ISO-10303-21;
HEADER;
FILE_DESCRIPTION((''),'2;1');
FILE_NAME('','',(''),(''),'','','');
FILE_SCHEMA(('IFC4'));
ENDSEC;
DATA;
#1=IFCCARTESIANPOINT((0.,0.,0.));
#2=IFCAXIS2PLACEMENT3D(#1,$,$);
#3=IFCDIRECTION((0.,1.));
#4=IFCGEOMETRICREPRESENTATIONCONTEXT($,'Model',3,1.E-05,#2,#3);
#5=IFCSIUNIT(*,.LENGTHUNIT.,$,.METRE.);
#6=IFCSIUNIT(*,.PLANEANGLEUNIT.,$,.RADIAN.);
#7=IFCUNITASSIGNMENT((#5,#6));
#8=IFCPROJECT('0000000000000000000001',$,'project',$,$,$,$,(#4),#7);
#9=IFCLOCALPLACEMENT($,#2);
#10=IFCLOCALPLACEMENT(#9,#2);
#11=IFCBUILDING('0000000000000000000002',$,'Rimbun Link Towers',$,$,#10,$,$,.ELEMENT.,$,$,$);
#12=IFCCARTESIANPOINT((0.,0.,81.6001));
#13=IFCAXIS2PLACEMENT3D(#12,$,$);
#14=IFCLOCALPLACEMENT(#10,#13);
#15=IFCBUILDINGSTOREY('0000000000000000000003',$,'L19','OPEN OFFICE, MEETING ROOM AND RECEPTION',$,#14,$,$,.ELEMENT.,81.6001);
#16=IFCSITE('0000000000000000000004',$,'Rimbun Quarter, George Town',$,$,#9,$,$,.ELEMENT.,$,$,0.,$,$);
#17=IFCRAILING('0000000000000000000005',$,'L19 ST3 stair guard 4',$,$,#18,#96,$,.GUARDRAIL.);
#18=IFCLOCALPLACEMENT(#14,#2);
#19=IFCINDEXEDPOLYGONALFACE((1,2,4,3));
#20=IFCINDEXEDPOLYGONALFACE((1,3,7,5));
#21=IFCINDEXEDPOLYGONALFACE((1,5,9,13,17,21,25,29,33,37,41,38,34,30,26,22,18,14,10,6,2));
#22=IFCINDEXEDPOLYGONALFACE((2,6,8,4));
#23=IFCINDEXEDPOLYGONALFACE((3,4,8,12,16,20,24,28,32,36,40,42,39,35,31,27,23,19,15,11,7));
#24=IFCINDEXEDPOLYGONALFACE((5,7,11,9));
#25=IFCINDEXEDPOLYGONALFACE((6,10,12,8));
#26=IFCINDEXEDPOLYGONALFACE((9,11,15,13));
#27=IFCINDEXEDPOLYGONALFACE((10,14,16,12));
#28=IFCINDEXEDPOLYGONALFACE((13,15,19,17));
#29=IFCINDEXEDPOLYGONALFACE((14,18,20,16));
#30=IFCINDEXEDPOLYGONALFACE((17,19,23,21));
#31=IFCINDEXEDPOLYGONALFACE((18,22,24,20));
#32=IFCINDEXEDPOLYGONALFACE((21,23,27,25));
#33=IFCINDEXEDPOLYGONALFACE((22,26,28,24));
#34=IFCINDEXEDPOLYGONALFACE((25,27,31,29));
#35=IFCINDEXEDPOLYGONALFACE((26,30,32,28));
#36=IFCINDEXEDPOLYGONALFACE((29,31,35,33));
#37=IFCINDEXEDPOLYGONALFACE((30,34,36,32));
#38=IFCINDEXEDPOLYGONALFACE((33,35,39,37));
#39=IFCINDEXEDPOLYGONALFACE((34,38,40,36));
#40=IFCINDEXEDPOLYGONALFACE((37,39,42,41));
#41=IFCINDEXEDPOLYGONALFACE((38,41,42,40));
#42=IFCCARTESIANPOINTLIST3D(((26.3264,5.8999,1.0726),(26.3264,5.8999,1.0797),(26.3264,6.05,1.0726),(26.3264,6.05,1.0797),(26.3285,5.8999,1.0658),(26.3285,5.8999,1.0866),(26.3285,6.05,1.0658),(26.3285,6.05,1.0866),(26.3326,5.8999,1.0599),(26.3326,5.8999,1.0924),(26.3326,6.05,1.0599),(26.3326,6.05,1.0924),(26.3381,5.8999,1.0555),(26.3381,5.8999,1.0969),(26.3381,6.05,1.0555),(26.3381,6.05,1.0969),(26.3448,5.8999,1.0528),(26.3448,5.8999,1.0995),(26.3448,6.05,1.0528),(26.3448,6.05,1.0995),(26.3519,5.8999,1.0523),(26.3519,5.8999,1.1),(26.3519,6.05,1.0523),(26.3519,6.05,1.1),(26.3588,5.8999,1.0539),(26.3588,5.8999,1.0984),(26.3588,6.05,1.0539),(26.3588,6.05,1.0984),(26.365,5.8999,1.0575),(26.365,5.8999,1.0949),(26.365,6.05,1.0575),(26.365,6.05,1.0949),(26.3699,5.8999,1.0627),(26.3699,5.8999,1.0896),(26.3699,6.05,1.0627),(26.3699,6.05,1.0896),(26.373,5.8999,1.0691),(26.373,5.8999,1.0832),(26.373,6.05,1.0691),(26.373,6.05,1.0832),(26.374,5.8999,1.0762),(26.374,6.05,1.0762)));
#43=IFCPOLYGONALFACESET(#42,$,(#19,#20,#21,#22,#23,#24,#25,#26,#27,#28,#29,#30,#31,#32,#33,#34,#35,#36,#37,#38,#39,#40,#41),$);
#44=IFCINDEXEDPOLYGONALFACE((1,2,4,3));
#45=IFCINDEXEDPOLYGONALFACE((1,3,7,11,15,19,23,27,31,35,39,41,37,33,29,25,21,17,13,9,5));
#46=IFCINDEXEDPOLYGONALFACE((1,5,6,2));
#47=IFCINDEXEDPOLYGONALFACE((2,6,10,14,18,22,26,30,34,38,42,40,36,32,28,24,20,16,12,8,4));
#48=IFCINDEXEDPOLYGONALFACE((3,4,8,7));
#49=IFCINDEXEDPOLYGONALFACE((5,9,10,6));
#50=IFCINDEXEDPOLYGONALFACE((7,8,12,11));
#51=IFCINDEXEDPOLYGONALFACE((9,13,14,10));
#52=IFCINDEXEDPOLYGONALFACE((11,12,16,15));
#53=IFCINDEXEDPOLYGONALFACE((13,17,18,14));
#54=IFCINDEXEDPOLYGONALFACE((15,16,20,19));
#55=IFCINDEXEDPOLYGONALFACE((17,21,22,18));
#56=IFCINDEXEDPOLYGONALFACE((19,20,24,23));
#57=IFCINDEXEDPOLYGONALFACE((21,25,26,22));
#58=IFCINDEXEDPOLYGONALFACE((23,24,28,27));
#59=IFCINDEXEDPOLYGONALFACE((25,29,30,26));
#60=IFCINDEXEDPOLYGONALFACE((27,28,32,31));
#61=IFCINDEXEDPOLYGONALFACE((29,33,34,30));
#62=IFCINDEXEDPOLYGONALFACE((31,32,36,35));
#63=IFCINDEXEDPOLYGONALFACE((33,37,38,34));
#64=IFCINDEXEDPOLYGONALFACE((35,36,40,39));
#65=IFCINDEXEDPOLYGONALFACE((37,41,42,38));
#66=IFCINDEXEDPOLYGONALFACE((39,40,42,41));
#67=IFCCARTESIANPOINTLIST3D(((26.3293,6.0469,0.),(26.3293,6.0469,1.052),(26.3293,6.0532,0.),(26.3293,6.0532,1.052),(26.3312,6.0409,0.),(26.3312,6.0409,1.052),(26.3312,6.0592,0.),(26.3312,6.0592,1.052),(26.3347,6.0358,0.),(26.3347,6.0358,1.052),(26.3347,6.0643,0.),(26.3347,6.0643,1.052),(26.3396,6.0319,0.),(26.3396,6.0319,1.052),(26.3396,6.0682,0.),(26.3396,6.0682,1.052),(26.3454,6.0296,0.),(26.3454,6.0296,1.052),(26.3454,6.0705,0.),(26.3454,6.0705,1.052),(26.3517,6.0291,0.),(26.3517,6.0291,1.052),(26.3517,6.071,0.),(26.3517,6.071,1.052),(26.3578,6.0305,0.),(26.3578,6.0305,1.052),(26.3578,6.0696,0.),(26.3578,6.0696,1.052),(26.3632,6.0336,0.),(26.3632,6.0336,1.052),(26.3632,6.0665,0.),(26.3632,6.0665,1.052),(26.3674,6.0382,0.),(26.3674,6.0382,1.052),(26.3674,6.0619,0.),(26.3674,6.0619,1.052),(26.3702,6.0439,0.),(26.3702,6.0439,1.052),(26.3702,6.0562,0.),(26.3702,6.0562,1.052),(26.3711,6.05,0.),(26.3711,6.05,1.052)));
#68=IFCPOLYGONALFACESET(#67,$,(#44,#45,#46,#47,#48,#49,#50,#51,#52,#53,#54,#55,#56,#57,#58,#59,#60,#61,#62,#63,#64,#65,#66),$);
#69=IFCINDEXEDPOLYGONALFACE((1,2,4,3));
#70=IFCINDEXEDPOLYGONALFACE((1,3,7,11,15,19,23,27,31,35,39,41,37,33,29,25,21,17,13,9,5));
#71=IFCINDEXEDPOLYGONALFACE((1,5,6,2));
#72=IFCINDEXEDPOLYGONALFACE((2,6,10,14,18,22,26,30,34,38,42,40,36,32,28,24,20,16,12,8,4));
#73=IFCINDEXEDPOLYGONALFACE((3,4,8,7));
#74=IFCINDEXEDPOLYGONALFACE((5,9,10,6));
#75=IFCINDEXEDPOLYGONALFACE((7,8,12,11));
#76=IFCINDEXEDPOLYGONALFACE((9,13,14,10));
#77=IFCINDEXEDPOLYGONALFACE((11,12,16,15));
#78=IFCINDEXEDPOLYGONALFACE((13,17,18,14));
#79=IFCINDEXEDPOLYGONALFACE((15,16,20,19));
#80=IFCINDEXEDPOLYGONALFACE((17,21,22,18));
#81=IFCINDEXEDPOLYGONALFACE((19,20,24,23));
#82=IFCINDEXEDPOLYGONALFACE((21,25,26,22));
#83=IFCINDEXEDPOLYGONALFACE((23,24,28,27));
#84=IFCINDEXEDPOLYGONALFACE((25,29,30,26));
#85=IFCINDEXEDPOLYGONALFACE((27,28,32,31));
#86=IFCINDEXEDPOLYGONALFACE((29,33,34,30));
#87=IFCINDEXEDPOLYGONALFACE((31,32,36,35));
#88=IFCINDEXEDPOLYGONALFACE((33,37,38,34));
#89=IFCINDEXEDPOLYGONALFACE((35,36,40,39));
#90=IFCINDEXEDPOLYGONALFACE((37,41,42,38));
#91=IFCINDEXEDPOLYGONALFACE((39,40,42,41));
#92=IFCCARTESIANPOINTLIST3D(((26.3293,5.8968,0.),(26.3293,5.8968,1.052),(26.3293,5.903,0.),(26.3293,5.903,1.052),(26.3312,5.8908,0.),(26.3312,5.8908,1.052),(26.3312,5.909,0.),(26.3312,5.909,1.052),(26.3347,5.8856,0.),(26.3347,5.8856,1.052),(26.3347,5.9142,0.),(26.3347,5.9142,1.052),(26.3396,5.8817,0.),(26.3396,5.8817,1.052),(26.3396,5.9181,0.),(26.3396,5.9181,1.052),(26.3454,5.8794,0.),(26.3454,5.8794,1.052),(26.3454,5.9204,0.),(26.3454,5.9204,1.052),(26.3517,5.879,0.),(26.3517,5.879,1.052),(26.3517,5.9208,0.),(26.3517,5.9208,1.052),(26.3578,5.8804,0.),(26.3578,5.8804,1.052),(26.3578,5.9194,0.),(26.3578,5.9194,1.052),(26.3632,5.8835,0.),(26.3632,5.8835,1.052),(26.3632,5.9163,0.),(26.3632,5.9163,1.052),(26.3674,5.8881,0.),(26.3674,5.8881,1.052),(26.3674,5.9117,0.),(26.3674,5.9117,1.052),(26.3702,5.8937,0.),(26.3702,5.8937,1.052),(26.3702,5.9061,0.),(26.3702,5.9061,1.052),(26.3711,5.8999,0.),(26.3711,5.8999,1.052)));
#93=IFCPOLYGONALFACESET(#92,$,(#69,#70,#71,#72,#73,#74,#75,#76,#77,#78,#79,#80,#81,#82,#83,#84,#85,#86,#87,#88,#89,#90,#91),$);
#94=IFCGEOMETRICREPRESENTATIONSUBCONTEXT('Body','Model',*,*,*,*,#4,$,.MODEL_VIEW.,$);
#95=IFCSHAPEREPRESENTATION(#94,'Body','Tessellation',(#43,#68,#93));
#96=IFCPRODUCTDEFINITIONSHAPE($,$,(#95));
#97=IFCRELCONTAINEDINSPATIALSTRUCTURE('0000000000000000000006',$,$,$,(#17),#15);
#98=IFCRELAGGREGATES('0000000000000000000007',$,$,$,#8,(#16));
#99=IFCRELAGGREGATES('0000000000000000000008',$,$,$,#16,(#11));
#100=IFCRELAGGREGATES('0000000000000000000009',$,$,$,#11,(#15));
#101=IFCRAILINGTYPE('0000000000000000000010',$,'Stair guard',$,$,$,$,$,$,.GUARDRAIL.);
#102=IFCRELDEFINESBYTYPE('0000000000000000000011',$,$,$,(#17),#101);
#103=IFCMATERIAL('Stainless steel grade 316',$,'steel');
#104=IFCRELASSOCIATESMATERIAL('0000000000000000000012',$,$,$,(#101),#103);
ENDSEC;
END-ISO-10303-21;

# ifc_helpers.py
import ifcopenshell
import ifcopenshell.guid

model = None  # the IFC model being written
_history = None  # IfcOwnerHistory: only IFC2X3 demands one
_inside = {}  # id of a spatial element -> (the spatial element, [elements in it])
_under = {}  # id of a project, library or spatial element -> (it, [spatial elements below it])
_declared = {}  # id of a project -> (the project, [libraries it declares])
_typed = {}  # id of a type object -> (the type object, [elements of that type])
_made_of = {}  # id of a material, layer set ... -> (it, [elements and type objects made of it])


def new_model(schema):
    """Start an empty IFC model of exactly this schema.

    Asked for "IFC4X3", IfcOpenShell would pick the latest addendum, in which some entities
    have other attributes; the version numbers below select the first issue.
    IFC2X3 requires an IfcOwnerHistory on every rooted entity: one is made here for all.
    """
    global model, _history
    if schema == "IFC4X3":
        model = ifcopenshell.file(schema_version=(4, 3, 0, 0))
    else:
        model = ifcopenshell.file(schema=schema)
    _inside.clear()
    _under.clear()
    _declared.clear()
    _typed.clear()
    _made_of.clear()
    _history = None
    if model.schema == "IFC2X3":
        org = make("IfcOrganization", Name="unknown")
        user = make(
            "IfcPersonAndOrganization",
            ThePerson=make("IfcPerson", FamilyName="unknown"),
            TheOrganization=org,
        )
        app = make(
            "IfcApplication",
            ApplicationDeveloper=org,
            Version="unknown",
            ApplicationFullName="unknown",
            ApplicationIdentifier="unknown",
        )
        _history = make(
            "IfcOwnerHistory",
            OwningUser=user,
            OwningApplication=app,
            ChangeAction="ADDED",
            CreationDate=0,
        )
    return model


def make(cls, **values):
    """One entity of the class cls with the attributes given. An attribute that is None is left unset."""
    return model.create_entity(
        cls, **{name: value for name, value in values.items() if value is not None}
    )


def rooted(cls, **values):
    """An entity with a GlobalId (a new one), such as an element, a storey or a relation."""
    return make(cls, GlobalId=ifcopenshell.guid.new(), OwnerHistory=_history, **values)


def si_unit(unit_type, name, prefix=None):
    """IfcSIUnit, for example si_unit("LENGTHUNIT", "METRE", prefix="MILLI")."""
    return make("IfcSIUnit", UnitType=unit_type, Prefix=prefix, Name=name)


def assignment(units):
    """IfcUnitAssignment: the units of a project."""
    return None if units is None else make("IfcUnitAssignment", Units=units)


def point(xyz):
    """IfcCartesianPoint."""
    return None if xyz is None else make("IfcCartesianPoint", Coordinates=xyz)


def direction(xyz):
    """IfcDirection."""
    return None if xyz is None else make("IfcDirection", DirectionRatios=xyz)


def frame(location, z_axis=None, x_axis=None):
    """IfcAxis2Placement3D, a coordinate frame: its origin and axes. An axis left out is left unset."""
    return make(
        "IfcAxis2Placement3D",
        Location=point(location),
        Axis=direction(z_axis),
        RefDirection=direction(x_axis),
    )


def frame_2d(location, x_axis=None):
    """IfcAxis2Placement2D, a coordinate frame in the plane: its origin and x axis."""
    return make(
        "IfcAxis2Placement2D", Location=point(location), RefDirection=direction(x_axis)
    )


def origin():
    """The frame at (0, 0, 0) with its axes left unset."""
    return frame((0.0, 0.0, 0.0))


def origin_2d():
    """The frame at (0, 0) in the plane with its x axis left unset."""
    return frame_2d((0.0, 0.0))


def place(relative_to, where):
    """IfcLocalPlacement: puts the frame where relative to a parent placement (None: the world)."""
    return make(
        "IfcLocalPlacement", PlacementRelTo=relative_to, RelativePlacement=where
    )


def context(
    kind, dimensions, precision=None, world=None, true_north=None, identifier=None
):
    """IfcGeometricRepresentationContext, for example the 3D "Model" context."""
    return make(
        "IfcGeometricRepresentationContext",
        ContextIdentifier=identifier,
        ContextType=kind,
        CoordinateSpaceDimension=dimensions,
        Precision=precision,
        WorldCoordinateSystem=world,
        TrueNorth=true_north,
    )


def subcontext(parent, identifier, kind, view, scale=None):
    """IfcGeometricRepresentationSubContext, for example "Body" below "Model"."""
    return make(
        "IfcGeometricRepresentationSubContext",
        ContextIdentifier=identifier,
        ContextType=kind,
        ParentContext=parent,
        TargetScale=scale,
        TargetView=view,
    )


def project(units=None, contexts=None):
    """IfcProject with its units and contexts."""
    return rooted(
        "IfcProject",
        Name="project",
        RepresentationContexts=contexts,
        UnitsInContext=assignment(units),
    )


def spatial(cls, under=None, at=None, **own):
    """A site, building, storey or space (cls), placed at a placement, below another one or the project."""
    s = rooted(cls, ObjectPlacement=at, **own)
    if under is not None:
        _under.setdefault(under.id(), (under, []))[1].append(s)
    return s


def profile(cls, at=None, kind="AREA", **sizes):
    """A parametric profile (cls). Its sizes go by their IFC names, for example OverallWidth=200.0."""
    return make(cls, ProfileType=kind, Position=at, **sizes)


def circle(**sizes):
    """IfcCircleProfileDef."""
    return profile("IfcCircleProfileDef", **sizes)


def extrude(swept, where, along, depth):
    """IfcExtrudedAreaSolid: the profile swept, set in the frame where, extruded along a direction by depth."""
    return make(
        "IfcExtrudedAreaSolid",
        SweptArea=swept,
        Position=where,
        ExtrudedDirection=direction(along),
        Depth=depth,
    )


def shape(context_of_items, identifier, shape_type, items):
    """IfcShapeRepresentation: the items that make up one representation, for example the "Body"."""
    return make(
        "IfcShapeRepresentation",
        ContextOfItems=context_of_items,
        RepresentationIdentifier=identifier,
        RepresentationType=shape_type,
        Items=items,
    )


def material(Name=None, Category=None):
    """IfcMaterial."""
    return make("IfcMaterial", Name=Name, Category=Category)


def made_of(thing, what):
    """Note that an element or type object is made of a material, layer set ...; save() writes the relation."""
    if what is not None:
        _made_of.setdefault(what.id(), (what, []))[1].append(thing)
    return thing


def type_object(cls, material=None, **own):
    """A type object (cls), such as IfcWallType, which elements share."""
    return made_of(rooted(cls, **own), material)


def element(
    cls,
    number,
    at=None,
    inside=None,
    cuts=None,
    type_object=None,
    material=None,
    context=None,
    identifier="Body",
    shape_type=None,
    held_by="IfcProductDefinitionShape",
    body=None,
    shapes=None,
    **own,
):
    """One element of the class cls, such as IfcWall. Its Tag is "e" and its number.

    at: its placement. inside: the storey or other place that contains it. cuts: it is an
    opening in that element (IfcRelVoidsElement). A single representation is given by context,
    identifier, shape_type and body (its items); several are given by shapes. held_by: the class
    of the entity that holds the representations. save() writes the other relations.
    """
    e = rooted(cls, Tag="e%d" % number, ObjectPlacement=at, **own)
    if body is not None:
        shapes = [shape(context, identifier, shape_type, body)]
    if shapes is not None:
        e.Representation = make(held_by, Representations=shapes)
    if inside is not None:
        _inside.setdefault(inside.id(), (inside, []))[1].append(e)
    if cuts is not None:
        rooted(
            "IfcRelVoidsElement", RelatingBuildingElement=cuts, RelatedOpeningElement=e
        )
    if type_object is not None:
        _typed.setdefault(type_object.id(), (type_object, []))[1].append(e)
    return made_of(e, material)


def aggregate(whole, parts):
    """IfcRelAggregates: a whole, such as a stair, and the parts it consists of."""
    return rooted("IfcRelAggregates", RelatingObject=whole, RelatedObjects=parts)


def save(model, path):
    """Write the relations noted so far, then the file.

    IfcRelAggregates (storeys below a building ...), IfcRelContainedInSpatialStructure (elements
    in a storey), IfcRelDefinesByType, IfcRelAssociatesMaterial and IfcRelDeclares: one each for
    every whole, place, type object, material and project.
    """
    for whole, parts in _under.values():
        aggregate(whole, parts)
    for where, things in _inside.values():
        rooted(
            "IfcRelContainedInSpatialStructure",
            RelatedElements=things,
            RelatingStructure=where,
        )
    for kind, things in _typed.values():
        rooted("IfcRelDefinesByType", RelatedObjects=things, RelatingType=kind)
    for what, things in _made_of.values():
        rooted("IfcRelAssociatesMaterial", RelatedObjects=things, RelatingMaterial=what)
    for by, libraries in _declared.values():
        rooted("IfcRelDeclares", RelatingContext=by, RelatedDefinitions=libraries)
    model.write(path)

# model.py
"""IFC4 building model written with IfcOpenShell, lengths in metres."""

from ifc_helpers import new_model, si_unit, direction, frame, origin, origin_2d, place, context, subcontext, project, spatial, circle, extrude, material, type_object, element, save


model = new_model("IFC4")

# Units and contexts
model_context = context("Model", 3, precision=1e-05, world=origin(), true_north=direction((0.0, 1.0)))
body_context = subcontext(model_context, "Body", "Model", "MODEL_VIEW")
ifc_project = project(units=[si_unit("LENGTHUNIT", "METRE"), si_unit("PLANEANGLEUNIT", "RADIAN")], contexts=[model_context])

# Site, building, storey
site_placement = place(None, origin())
site = spatial("IfcSite", under=ifc_project, at=site_placement, Name="Rimbun Quarter, George Town", CompositionType="ELEMENT", RefElevation=0.0)
building_placement = place(site_placement, origin())
building = spatial("IfcBuilding", under=site, at=building_placement, Name="Rimbun Link Towers", CompositionType="ELEMENT")
storey_placement = place(building_placement, frame((0.0, 0.0, 81.6001)))
storey = spatial("IfcBuildingStorey", under=building, at=storey_placement, Name="L19", Description="OPEN OFFICE, MEETING ROOM AND RECEPTION", CompositionType="ELEMENT", Elevation=81.6001)

# Railing
ifc_material_1 = material(Name="Stainless steel grade 316", Category="steel")
railing_type_1 = type_object("IfcRailingType", Name="Stair guard", PredefinedType="GUARDRAIL", material=ifc_material_1)
railing_1_placement = place(storey_placement, frame((26.3501, 6.05, 0.0)))
element("IfcRailing", 1, at=railing_1_placement, inside=storey, type_object=railing_type_1, Name="L19 ST3 stair guard 4", PredefinedType="GUARDRAIL", context=body_context, shape_type="SweptSolid", body=[
    extrude(circle(Radius=0.0239, at=origin_2d()), frame((0.0, 0.0, 1.0762), z_axis=(0.0, -1.0, 0.0), x_axis=(1.0, 0.0, 0.0)), (0.0, 0.0, 1.0), 0.1501),
    extrude(circle(Radius=0.021, at=origin_2d()), origin(), (0.0, 0.0, 1.0), 1.052),
    extrude(circle(Radius=0.021, at=origin_2d()), frame((0.0, -0.1501, 0.0)), (0.0, 0.0, 1.0), 1.052),
])

save(model, "model.ifc")
